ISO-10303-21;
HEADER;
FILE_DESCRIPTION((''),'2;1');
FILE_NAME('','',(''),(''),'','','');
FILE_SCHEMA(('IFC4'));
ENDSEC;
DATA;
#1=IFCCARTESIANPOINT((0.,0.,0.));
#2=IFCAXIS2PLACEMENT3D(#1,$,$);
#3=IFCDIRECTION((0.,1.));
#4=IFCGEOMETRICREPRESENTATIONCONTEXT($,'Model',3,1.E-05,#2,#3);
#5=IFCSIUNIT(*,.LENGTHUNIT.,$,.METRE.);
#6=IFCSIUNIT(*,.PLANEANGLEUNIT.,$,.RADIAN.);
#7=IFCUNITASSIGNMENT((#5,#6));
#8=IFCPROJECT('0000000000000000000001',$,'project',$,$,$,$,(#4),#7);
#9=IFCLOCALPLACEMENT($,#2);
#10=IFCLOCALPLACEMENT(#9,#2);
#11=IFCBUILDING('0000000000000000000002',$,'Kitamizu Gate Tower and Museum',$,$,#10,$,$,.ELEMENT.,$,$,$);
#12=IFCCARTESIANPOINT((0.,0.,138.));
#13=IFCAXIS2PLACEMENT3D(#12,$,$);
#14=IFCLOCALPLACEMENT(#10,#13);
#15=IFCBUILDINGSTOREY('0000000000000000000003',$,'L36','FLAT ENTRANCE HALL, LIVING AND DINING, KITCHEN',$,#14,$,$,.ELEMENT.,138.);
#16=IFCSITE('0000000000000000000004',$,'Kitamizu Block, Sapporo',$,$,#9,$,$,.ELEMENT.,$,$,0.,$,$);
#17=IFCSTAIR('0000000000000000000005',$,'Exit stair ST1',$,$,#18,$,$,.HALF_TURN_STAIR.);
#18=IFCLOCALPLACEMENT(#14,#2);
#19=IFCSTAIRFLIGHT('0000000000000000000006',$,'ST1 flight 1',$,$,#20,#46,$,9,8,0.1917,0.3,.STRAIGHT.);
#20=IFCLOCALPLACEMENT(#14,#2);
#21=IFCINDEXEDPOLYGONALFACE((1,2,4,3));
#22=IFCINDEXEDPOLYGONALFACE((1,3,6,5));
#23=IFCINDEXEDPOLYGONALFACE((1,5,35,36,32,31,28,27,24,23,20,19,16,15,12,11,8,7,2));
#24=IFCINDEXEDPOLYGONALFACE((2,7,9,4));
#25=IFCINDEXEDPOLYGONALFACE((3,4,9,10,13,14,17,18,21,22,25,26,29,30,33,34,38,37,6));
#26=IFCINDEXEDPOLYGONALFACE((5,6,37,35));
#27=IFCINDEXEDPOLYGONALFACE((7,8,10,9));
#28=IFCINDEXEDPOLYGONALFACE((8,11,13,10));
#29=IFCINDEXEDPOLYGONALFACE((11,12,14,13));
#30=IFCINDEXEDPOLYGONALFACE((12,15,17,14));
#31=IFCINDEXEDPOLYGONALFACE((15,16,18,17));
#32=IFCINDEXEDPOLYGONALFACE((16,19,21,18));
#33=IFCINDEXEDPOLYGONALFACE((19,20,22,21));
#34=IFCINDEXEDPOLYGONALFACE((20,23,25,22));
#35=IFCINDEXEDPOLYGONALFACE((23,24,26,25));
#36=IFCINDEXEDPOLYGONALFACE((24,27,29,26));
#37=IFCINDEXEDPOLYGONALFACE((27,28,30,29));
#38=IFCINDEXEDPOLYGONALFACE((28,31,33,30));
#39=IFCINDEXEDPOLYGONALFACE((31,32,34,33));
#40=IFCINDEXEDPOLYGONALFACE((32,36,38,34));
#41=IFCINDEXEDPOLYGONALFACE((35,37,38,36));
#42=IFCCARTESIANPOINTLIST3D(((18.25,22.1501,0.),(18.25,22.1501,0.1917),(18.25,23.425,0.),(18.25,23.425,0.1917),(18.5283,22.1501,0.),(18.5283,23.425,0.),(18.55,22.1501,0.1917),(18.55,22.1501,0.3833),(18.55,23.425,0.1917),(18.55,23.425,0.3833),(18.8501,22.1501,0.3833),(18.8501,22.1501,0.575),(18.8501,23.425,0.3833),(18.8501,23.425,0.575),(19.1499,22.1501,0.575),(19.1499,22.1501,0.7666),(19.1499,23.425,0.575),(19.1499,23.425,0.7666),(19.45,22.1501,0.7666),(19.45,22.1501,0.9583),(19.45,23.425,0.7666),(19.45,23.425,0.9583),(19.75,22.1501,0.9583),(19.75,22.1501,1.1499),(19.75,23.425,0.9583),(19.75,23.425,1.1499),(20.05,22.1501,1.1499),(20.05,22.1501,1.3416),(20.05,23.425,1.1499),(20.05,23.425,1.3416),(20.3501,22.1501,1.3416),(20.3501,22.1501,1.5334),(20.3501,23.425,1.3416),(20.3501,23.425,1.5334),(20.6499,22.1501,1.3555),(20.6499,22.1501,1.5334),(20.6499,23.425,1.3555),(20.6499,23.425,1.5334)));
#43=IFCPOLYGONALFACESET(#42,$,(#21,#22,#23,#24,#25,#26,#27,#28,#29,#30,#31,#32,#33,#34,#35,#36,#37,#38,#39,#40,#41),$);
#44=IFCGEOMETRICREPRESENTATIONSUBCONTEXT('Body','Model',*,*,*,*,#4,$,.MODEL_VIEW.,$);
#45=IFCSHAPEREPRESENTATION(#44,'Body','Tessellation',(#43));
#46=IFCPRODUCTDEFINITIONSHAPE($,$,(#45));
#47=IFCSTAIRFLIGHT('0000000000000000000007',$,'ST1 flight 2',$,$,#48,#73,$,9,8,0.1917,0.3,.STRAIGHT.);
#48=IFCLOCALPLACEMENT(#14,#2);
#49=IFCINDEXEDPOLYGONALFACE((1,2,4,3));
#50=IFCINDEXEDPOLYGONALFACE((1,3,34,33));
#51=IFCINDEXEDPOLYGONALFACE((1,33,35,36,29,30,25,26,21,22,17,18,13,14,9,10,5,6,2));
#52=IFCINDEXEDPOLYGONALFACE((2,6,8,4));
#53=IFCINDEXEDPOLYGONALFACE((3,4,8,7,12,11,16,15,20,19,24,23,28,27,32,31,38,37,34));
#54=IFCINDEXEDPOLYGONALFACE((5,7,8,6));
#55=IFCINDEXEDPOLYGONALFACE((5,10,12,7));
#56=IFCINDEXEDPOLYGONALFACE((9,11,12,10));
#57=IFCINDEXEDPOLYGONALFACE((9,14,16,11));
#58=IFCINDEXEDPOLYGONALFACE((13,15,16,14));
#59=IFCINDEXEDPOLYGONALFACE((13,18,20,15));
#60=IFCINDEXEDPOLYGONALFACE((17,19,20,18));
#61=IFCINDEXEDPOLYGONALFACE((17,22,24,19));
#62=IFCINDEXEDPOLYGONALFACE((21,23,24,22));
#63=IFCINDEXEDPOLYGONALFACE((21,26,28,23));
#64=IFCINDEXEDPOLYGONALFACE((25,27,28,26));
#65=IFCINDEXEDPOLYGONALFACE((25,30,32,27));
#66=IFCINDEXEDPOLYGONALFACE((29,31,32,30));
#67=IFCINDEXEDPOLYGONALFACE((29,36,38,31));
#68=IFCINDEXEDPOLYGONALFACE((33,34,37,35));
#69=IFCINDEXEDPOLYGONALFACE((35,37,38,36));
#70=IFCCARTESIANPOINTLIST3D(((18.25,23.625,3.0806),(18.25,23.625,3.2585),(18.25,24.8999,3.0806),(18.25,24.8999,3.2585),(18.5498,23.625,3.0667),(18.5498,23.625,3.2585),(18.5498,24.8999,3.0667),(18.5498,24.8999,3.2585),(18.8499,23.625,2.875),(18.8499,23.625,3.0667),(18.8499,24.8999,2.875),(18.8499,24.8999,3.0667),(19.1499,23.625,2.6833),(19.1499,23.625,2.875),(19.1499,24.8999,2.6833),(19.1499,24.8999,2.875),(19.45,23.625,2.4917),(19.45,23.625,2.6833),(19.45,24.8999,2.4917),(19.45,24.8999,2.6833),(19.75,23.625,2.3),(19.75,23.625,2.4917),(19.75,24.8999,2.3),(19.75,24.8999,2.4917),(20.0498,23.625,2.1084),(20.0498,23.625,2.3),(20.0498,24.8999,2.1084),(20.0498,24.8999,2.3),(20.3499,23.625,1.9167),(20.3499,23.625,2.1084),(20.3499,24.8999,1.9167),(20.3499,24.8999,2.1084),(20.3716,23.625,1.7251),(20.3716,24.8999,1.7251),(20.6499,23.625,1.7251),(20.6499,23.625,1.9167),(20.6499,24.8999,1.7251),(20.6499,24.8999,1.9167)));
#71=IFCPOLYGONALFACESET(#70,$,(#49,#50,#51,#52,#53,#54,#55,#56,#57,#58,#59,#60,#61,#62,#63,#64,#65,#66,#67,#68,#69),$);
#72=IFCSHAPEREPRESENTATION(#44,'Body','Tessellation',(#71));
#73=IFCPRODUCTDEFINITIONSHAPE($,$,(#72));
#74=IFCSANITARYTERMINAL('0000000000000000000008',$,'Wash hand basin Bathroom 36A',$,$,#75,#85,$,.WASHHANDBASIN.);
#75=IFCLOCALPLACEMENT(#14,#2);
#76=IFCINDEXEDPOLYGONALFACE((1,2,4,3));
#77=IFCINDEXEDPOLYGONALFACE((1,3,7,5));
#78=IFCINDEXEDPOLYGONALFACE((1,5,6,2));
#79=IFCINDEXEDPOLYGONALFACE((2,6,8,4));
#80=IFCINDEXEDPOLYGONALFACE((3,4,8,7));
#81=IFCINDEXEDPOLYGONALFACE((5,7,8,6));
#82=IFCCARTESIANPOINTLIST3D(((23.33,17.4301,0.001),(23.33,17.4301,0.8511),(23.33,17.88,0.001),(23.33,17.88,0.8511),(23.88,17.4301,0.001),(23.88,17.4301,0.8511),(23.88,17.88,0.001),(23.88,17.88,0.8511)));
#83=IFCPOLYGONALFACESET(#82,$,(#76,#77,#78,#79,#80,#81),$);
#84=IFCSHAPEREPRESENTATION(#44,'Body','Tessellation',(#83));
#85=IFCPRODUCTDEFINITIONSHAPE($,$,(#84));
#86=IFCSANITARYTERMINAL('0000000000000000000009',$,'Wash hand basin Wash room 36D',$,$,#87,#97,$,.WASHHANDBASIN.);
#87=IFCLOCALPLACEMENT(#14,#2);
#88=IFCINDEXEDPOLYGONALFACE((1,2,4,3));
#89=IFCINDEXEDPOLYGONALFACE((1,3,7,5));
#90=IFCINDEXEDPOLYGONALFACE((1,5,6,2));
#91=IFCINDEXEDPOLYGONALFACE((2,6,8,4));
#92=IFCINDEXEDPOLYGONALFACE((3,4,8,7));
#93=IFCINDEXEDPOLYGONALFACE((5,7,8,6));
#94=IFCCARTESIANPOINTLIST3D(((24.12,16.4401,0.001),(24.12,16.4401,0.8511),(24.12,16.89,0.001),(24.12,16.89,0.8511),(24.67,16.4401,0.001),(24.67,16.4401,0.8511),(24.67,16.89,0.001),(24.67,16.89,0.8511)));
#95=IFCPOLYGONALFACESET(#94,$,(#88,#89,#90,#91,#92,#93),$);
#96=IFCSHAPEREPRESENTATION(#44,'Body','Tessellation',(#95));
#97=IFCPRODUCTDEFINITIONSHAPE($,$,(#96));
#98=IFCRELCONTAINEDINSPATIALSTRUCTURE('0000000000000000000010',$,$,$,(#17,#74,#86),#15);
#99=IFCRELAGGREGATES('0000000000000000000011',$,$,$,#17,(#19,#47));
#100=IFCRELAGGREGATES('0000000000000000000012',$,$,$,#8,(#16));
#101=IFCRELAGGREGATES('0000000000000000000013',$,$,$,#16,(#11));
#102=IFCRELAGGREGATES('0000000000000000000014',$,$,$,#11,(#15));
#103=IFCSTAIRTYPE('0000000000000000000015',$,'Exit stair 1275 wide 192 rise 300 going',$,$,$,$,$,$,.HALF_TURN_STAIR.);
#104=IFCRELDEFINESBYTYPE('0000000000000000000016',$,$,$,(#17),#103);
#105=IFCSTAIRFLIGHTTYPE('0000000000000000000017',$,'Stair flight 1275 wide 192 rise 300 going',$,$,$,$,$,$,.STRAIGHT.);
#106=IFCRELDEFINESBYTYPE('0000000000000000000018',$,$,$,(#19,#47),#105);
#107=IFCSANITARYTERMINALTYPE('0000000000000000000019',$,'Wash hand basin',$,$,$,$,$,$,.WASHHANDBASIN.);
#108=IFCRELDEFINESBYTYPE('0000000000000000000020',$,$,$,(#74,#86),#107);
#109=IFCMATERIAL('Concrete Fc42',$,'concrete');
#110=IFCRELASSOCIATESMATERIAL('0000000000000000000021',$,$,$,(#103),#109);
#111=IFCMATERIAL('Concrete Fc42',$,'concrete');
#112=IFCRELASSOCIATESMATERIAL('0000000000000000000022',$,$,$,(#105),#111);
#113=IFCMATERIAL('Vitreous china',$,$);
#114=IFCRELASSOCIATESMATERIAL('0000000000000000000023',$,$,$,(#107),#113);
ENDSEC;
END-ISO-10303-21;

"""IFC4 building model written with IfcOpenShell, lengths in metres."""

from ifc_helpers import new_model, si_unit, direction, frame, origin, origin_2d, place, context, subcontext, project, spatial, polyline, rectangle, outline, extrude, material, type_object, element, aggregate, save


model = new_model("IFC4")

# Units and contexts
model_context = context("Model", 3, precision=1e-05, world=origin(), true_north=direction((0.0, 1.0)))
body_context = subcontext(model_context, "Body", "Model", "MODEL_VIEW")
ifc_project = project(units=[si_unit("LENGTHUNIT", "METRE"), si_unit("PLANEANGLEUNIT", "RADIAN")], contexts=[model_context])

# Site, building, storey
site_placement = place(None, origin())
site = spatial("IfcSite", under=ifc_project, at=site_placement, Name="Kitamizu Block, Sapporo", CompositionType="ELEMENT", RefElevation=0.0)
building_placement = place(site_placement, origin())
building = spatial("IfcBuilding", under=site, at=building_placement, Name="Kitamizu Gate Tower and Museum", CompositionType="ELEMENT")
storey_placement = place(building_placement, frame((0.0, 0.0, 138.0)))
storey = spatial("IfcBuildingStorey", under=building, at=storey_placement, Name="L36", Description="FLAT ENTRANCE HALL, LIVING AND DINING, KITCHEN", CompositionType="ELEMENT", Elevation=138.0)

# Stair, stair flights
ifc_material_1 = material(Name="Concrete Fc42", Category="concrete")
stair_type = type_object("IfcStairType", Name="Exit stair 1275 wide 192 rise 300 going", PredefinedType="HALF_TURN_STAIR", material=ifc_material_1)
stair_placement = place(storey_placement, origin())
stair = element("IfcStair", 1, at=stair_placement, inside=storey, type_object=stair_type, Name="Exit stair ST1", PredefinedType="HALF_TURN_STAIR")
ifc_material_2 = material(Name="Concrete Fc42", Category="concrete")
stair_flight_type = type_object("IfcStairFlightType", Name="Stair flight 1275 wide 192 rise 300 going", PredefinedType="STRAIGHT", material=ifc_material_2)
stair_flight_1_placement = place(storey_placement, frame((18.25, 22.7876, 0.0), z_axis=(0.0, 0.0, 1.0), x_axis=(1.0, 0.0, 0.0)))
stair_flight_1 = element("IfcStairFlight", 2, at=stair_flight_1_placement, type_object=stair_flight_type, Name="ST1 flight 1", NumberOfRisers=9, NumberOfTreads=8, PredefinedType="STRAIGHT", RiserHeight=0.1917, TreadLength=0.3, context=body_context, shape_type="SweptSolid", body=[
    extrude(outline(polyline([(0.0, 0.0), (0.0, 0.1917), (0.3, 0.1917), (0.3, 0.3833), (0.6001, 0.3833), (0.6001, 0.575), (0.8999, 0.575), (0.8999, 0.7666), (1.2, 0.7666), (1.2, 0.9583), (1.5, 0.9583), (1.5, 1.1499), (1.8, 1.1499), (1.8, 1.3416), (2.1001, 1.3416), (2.1001, 1.5334), (2.3999, 1.5334), (2.3999, 1.7251), (2.3999, 1.3555), (0.2783, 0.0), (0.0, 0.0)])), frame((0.0, 0.6375, 0.0), z_axis=(0.0, -1.0, 0.0), x_axis=(1.0, 0.0, 0.0)), (0.0, 0.0, 1.0), 1.2749),
])
stair_flight_2_placement = place(storey_placement, frame((20.6499, 24.2625, 1.7251), z_axis=(0.0, 0.0, 1.0), x_axis=(-1.0, 0.0, 0.0)))
stair_flight_2 = element("IfcStairFlight", 3, at=stair_flight_2_placement, type_object=stair_flight_type, Name="ST1 flight 2", NumberOfRisers=9, NumberOfTreads=8, PredefinedType="STRAIGHT", RiserHeight=0.1917, TreadLength=0.3, context=body_context, shape_type="SweptSolid", body=[
    extrude(outline(polyline([(0.0, 0.0), (0.0, 0.1917), (0.3, 0.1917), (0.3, 0.3833), (0.6001, 0.3833), (0.6001, 0.575), (0.8999, 0.575), (0.8999, 0.7666), (1.2, 0.7666), (1.2, 0.9583), (1.5, 0.9583), (1.5, 1.1499), (1.8, 1.1499), (1.8, 1.3416), (2.1001, 1.3416), (2.1001, 1.5334), (2.3999, 1.5334), (2.3999, 1.7251), (2.3999, 1.3555), (0.2783, 0.0), (0.0, 0.0)])), frame((0.0, 0.6375, 0.0), z_axis=(0.0, -1.0, 0.0), x_axis=(1.0, 0.0, 0.0)), (0.0, 0.0, 1.0), 1.2749),
])
aggregate(stair, [stair_flight_1, stair_flight_2])

# Sanitary terminals
ifc_material_3 = material(Name="Vitreous china")
sanitary_terminal_type = type_object("IfcSanitaryTerminalType", Name="Wash hand basin", PredefinedType="WASHHANDBASIN", material=ifc_material_3)
for number, where, z_axis, x_axis, name in (
    (4, (23.605, 17.655, 0.001), (0.0, 0.0, 1.0), (1.0, 0.0, 0.0), "Wash hand basin Bathroom 36A"),
    (5, (24.395, 16.665, 0.001), (0.0, 0.0, 1.0), (1.0, 0.0, 0.0), "Wash hand basin Wash room 36D"),
):
    element("IfcSanitaryTerminal", number, at=place(storey_placement, frame(where, z_axis=z_axis, x_axis=x_axis)), inside=storey, type_object=sanitary_terminal_type, Name=name, PredefinedType="WASHHANDBASIN", context=body_context, shape_type="SweptSolid", body=[
        extrude(rectangle(XDim=0.55, YDim=0.45, at=origin_2d()), origin(), (0.0, 0.0, 1.0), 0.8501),
    ])

save(model, "model.ifc")
